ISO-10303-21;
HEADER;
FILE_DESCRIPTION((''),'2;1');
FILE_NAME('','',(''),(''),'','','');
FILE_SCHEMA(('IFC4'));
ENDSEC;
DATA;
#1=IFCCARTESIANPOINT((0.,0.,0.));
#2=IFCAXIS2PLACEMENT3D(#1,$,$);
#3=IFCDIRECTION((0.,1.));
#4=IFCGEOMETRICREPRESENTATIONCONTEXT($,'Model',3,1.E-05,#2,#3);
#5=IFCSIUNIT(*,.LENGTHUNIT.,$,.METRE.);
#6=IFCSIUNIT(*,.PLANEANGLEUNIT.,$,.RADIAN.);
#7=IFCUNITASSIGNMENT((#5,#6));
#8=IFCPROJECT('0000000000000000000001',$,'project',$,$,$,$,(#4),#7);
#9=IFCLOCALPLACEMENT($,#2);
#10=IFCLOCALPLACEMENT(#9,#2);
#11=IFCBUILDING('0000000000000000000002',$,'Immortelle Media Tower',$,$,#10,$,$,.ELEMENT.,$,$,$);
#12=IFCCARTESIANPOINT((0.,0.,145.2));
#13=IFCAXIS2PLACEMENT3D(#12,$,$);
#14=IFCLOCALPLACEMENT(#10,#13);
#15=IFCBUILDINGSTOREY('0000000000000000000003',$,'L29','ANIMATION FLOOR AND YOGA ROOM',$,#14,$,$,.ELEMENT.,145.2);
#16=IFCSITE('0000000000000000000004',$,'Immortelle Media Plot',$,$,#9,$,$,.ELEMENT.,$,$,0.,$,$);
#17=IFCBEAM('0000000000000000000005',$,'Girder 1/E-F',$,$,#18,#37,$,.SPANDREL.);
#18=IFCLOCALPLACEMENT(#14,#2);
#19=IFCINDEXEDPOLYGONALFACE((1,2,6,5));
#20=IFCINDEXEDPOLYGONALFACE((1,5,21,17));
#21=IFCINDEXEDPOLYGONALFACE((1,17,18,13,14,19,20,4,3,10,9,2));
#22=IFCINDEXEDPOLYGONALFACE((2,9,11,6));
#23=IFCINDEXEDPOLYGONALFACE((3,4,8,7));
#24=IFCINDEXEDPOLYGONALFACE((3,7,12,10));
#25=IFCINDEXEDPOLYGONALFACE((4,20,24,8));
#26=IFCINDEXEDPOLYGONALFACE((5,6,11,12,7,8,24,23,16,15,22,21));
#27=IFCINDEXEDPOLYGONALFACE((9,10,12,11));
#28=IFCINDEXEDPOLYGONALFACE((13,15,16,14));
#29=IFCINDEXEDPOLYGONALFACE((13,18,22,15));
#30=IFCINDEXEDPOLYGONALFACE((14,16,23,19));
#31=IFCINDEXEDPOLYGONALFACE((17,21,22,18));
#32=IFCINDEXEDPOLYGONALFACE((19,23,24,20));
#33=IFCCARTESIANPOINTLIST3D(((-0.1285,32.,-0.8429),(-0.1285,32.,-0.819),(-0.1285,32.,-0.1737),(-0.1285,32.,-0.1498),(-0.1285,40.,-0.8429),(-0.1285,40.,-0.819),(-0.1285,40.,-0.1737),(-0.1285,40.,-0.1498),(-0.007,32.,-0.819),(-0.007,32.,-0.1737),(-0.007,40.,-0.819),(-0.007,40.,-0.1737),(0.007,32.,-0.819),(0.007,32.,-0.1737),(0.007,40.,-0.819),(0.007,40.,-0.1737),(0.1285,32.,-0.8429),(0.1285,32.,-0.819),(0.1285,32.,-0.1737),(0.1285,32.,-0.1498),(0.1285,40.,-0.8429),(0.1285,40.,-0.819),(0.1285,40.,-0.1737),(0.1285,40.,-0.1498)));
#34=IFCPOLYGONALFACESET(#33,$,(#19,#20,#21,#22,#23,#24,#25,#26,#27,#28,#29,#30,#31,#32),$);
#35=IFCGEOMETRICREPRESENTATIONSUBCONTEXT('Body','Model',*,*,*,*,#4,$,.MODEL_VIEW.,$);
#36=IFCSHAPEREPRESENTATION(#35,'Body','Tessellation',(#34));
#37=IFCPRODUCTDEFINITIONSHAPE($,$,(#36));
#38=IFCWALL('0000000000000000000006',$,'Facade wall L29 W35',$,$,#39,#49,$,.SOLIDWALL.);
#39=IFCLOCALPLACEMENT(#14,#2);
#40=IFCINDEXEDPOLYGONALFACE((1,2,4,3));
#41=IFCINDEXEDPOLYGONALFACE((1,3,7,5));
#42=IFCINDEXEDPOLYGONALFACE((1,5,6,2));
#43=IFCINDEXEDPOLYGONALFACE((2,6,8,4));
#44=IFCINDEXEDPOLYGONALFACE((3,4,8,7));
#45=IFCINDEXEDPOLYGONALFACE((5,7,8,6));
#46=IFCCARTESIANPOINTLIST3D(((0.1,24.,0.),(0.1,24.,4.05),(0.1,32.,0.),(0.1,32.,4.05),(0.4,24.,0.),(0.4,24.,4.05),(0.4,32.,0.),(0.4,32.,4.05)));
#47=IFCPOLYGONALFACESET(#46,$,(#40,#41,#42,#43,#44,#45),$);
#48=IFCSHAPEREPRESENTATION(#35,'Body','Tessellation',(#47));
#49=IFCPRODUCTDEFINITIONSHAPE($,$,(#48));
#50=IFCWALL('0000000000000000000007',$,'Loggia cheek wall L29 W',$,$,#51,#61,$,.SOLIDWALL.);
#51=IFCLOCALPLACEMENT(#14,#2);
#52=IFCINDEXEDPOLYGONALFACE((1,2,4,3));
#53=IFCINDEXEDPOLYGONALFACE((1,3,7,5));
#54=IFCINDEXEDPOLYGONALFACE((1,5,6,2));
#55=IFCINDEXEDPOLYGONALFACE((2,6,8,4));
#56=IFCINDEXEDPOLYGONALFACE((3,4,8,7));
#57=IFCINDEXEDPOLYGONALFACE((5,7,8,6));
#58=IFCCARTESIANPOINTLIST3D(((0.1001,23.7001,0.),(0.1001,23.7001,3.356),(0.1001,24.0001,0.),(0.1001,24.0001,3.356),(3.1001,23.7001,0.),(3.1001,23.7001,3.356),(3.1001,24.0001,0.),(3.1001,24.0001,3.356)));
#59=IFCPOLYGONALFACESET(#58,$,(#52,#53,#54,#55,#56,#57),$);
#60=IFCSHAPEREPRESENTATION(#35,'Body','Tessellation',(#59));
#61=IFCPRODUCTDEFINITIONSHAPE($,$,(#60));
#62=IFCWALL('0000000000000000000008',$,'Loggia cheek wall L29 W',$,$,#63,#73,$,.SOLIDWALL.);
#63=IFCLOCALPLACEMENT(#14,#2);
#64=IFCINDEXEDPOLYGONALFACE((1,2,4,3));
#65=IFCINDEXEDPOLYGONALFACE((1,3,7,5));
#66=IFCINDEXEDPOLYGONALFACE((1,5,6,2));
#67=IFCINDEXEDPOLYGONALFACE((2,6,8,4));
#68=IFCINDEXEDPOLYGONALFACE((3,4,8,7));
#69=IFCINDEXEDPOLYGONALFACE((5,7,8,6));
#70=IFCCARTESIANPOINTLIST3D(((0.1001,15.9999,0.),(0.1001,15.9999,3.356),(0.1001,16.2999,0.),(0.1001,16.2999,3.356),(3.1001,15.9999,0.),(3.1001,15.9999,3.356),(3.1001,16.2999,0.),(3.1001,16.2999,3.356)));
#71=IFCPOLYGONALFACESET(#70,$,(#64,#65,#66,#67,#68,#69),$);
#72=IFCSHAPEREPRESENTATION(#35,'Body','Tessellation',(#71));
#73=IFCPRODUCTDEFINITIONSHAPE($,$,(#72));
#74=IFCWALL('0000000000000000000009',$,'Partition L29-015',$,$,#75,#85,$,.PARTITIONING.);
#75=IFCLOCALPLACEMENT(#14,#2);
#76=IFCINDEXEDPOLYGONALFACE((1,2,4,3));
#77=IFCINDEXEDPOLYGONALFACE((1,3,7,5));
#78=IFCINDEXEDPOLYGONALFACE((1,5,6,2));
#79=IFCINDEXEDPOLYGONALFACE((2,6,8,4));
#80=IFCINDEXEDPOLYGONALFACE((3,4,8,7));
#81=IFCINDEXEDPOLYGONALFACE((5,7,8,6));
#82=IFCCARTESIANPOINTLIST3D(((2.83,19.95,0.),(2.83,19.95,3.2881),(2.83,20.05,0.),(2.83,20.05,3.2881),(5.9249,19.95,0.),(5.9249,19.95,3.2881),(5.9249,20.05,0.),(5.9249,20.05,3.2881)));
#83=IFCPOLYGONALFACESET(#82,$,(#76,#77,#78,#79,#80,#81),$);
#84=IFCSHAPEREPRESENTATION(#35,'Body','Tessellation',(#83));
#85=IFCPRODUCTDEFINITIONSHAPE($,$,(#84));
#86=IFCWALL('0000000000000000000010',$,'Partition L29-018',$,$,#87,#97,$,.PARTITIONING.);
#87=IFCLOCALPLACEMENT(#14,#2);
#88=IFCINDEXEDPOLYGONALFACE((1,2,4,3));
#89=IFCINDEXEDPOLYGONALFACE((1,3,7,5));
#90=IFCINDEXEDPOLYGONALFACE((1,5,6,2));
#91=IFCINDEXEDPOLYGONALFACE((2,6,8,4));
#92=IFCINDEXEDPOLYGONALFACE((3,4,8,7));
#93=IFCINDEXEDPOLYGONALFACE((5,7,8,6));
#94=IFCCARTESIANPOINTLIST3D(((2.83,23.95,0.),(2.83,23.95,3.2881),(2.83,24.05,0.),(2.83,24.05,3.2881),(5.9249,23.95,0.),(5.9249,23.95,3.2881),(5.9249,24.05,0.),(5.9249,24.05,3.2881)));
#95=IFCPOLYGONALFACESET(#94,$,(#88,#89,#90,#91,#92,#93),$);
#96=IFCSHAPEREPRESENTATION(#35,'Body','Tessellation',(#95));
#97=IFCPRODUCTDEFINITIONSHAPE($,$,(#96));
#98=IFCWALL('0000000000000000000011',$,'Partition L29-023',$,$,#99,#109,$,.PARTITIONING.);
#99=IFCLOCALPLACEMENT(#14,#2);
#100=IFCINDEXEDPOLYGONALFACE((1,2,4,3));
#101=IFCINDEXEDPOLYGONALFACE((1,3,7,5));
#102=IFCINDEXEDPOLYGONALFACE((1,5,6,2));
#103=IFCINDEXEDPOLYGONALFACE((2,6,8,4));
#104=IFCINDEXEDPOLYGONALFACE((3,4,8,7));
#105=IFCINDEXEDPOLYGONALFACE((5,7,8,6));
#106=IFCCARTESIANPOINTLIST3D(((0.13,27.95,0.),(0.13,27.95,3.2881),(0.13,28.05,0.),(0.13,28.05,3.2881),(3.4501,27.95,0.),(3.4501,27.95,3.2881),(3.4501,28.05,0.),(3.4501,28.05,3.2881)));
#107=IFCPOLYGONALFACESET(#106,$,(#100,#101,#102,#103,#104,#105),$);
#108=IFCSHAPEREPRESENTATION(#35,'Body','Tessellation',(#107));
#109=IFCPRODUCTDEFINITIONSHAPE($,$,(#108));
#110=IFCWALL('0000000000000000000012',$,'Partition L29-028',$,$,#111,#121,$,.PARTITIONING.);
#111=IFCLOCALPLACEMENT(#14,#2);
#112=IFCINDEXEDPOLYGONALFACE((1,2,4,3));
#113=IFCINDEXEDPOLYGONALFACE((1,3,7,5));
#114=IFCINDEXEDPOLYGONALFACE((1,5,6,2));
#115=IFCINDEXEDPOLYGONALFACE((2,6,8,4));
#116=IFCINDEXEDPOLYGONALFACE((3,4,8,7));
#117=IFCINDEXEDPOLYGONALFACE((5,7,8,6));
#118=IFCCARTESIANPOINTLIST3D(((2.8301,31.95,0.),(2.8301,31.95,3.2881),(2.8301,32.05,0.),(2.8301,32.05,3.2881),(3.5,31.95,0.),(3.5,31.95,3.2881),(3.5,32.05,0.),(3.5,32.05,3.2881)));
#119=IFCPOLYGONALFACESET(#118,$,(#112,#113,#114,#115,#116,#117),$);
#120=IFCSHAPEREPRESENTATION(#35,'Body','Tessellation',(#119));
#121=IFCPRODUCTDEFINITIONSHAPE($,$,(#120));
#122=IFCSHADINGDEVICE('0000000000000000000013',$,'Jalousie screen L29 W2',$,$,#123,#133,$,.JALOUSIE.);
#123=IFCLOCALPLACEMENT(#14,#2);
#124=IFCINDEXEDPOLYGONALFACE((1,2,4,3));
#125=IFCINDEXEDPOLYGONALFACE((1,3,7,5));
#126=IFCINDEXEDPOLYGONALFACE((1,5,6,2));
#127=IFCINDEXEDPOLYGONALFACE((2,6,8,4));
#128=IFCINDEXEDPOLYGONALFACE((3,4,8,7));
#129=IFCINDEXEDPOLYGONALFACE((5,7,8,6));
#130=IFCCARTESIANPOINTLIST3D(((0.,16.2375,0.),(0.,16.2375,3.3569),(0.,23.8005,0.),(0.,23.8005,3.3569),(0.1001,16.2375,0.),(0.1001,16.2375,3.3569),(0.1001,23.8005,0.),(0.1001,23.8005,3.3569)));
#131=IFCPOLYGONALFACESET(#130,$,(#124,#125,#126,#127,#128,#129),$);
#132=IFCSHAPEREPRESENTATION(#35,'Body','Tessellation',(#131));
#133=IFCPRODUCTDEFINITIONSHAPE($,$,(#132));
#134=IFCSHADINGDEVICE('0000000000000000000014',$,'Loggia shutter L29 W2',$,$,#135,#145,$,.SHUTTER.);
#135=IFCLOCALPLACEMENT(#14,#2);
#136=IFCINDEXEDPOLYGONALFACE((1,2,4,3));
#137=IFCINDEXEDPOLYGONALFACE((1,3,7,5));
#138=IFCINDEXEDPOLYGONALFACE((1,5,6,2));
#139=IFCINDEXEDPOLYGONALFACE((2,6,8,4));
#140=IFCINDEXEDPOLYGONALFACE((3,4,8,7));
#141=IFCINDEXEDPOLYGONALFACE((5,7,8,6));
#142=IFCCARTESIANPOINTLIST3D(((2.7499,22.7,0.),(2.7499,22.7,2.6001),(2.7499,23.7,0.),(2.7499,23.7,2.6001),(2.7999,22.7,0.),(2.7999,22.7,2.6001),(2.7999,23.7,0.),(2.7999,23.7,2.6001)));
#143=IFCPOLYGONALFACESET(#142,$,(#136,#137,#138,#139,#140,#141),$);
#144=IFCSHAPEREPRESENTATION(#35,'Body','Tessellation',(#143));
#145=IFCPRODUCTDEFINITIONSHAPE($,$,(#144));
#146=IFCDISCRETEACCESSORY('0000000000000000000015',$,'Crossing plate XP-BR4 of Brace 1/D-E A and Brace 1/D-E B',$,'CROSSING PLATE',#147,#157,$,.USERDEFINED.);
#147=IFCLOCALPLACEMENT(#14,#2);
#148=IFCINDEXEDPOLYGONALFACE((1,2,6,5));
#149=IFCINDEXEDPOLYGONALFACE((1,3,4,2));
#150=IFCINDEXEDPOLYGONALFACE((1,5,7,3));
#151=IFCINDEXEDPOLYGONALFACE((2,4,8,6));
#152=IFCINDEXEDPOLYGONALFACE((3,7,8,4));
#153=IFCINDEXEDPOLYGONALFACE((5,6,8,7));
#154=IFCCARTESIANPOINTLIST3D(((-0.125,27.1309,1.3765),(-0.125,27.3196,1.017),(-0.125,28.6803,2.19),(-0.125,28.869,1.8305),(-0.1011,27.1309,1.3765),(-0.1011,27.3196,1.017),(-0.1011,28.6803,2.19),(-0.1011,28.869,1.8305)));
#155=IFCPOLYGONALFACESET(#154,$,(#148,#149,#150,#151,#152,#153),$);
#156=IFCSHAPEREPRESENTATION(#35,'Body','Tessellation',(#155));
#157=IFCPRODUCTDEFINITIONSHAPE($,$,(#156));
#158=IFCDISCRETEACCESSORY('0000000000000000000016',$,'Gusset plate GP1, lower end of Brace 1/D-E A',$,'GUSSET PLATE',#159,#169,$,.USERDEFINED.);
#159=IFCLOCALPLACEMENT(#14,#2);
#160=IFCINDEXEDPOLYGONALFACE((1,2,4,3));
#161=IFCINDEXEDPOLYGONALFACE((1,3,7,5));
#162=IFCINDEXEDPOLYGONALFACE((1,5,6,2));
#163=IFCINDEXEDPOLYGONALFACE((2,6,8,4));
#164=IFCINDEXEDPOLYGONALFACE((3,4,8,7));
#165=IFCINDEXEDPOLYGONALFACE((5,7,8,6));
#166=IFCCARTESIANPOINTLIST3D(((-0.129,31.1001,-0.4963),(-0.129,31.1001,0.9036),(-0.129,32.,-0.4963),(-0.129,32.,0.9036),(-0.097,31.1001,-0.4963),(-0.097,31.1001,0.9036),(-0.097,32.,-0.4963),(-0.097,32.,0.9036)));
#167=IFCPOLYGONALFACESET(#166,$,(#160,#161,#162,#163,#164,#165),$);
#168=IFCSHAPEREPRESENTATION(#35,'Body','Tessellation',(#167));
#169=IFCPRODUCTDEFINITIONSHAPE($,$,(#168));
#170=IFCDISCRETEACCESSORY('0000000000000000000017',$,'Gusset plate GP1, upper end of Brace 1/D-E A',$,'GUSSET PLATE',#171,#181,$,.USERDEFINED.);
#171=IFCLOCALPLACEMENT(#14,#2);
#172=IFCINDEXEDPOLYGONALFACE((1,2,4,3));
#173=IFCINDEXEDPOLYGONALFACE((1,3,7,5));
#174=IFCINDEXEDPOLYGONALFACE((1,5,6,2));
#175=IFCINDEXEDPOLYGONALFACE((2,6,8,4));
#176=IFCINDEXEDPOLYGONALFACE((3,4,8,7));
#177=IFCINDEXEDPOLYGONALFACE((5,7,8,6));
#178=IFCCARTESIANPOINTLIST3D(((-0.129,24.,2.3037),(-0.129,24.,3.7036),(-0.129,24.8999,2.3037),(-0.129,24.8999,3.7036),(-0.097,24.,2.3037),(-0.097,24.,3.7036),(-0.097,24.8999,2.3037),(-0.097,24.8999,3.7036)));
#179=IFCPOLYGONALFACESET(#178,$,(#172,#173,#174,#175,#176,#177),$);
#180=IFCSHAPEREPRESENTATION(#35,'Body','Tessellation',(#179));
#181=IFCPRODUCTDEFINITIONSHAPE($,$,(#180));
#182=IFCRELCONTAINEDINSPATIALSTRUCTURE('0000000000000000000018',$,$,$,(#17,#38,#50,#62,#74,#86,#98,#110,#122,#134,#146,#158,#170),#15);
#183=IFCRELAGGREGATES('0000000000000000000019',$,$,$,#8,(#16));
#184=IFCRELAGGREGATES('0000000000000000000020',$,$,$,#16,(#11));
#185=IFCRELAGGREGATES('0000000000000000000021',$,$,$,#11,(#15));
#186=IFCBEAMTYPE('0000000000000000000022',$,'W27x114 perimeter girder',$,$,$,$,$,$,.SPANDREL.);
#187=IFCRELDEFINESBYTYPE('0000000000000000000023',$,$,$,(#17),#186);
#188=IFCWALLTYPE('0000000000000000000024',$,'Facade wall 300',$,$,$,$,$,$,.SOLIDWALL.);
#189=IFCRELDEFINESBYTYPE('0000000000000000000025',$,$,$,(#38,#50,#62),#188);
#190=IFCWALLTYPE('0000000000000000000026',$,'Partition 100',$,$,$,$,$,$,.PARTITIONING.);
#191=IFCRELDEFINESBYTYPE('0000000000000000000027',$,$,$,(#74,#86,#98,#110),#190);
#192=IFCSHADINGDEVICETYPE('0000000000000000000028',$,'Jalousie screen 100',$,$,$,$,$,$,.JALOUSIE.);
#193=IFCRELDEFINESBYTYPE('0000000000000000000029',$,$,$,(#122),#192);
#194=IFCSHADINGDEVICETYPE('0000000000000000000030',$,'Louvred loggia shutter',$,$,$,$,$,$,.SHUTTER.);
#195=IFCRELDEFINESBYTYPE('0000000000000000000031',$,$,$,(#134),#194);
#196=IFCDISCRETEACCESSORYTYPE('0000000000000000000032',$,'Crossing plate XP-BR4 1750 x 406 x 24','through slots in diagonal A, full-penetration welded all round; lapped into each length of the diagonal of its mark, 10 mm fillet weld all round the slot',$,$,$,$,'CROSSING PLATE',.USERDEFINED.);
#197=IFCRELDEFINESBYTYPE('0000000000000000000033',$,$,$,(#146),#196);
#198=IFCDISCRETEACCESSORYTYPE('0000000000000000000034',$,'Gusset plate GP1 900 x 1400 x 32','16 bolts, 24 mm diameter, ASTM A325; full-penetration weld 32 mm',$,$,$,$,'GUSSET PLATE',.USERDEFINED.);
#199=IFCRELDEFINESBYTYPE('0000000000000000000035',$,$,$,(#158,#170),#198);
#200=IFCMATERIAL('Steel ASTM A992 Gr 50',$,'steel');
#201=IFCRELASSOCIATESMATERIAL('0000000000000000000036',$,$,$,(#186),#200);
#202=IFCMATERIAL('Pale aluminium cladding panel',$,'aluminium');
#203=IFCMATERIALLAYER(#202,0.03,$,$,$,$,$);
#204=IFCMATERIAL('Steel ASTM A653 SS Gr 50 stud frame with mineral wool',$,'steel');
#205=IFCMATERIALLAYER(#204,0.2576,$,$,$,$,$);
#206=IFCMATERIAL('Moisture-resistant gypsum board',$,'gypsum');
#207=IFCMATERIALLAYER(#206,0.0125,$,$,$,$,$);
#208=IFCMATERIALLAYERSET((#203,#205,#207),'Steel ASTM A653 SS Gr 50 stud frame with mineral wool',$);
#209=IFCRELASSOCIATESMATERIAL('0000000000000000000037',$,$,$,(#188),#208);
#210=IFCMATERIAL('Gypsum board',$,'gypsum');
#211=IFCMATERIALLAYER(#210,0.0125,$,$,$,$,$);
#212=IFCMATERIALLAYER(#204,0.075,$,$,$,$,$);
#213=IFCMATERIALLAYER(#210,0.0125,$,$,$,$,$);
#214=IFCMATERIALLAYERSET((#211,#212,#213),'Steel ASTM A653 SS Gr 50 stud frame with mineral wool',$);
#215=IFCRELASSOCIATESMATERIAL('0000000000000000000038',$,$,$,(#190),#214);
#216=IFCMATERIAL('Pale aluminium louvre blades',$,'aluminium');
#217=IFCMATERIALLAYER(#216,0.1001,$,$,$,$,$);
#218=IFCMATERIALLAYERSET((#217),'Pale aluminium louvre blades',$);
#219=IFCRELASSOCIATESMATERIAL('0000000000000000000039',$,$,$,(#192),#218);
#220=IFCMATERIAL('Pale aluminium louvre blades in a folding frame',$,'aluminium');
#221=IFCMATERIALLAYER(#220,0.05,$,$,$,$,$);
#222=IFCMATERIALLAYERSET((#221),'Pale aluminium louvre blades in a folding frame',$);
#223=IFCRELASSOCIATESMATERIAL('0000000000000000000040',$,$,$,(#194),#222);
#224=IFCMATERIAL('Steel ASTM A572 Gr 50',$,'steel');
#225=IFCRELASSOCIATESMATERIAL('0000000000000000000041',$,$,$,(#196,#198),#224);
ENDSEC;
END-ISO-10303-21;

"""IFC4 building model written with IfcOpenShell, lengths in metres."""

from ifc_helpers import new_model, si_unit, direction, frame, frame_2d, origin, origin_2d, place, context, subcontext, project, spatial, rectangle, i_section, extrude, material, layer, layer_set, material_profile, profile_set, type_object, element, save


model = new_model("IFC4")

# Units and contexts
model_context = context("Model", 3, precision=1e-05, world=origin(), true_north=direction((0.0, 1.0)))
body_context = subcontext(model_context, "Body", "Model", "MODEL_VIEW")
ifc_project = project(units=[si_unit("LENGTHUNIT", "METRE"), si_unit("PLANEANGLEUNIT", "RADIAN")], contexts=[model_context])

# Site, building, storey
site_placement = place(None, origin())
site = spatial("IfcSite", under=ifc_project, at=site_placement, Name="Immortelle Media Plot", CompositionType="ELEMENT", RefElevation=0.0)
building_placement = place(site_placement, origin())
building = spatial("IfcBuilding", under=site, at=building_placement, Name="Immortelle Media Tower", CompositionType="ELEMENT")
storey_placement = place(building_placement, frame((0.0, 0.0, 145.2)))
storey = spatial("IfcBuildingStorey", under=building, at=storey_placement, Name="L29", Description="ANIMATION FLOOR AND YOGA ROOM", CompositionType="ELEMENT", Elevation=145.2)

# Shared definitions
ifc_material_1 = material(Name="Steel ASTM A992 Gr 50", Category="steel")

# Beam
ifc_material_profile_1 = material_profile(ifc_material_1, i_section(OverallWidth=0.2571, OverallDepth=0.6931, WebThickness=0.0139, FlangeThickness=0.0239, at=origin_2d()), Name="W27x114")
ifc_profile_set_1 = profile_set([ifc_material_profile_1], Name="Steel ASTM A992 Gr 50")
beam_type_1 = type_object("IfcBeamType", Name="W27x114 perimeter girder", PredefinedType="SPANDREL", material=ifc_profile_set_1)
for number, where, z_axis, x_axis, name in (
    (1, (0.0, 32.0, -0.4963), (0.0, 1.0, 0.0), (-1.0, 0.0, 0.0), "Girder 1/E-F"),
):
    element("IfcBeam", number, at=place(storey_placement, frame(where, z_axis=z_axis, x_axis=x_axis)), inside=storey, type_object=beam_type_1, Name=name, PredefinedType="SPANDREL", context=body_context, shape_type="SweptSolid", body=[
        extrude(i_section(OverallWidth=0.2571, OverallDepth=0.6931, WebThickness=0.0139, FlangeThickness=0.0239, at=origin_2d()), origin(), (0.0, 0.0, 1.0), 8.0),
    ])

# Walls
ifc_material_2 = material(Name="Pale aluminium cladding panel", Category="aluminium")
ifc_layer_1 = layer(ifc_material_2, 0.03)
ifc_material_3 = material(Name="Steel ASTM A653 SS Gr 50 stud frame with mineral wool", Category="steel")
ifc_layer_2 = layer(ifc_material_3, 0.2576)
ifc_material_4 = material(Name="Moisture-resistant gypsum board", Category="gypsum")
ifc_layer_3 = layer(ifc_material_4, 0.0125)
ifc_layer_set_1 = layer_set([ifc_layer_1, ifc_layer_2, ifc_layer_3], Name="Steel ASTM A653 SS Gr 50 stud frame with mineral wool")
wall_type_1 = type_object("IfcWallType", Name="Facade wall 300", PredefinedType="SOLIDWALL", material=ifc_layer_set_1)
wall_1_placement = place(storey_placement, frame((0.25, 32.0, 0.0), z_axis=(0.0, 0.0, 1.0), x_axis=(0.0, -1.0, 0.0)))
element("IfcWall", 2, at=wall_1_placement, inside=storey, type_object=wall_type_1, Name="Facade wall L29 W35", PredefinedType="SOLIDWALL", context=body_context, shape_type="SweptSolid", body=[
    extrude(rectangle(XDim=8.0, YDim=0.3, at=frame_2d((4.0, 0.0))), origin(), (0.0, 0.0, 1.0), 4.05),
])
for number, where, z_axis, x_axis, name in (
    (3, (0.1001, 23.8501, 0.0), (0.0, 0.0, 1.0), (1.0, 0.0, 0.0), "Loggia cheek wall L29 W"),
    (4, (0.1001, 16.1499, 0.0), (0.0, 0.0, 1.0), (1.0, 0.0, 0.0), "Loggia cheek wall L29 W"),
):
    element("IfcWall", number, at=place(storey_placement, frame(where, z_axis=z_axis, x_axis=x_axis)), inside=storey, type_object=wall_type_1, Name=name, PredefinedType="SOLIDWALL", context=body_context, shape_type="SweptSolid", body=[
        extrude(rectangle(XDim=3.0, YDim=0.3, at=frame_2d((1.5, 0.0))), origin(), (0.0, 0.0, 1.0), 3.356),
    ])
ifc_material_5 = material(Name="Gypsum board", Category="gypsum")
ifc_layer_4 = layer(ifc_material_5, 0.0125)
ifc_layer_5 = layer(ifc_material_3, 0.075)
ifc_layer_6 = layer(ifc_material_5, 0.0125)
ifc_layer_set_2 = layer_set([ifc_layer_4, ifc_layer_5, ifc_layer_6], Name="Steel ASTM A653 SS Gr 50 stud frame with mineral wool")
wall_type_2 = type_object("IfcWallType", Name="Partition 100", PredefinedType="PARTITIONING", material=ifc_layer_set_2)
for number, where, z_axis, x_axis, name in (
    (5, (2.8301, 20.0, 0.0), (0.0, 0.0, 1.0), (1.0, 0.0, 0.0), "Partition L29-015"),
    (6, (2.8301, 24.0, 0.0), (0.0, 0.0, 1.0), (1.0, 0.0, 0.0), "Partition L29-018"),
):
    element("IfcWall", number, at=place(storey_placement, frame(where, z_axis=z_axis, x_axis=x_axis)), inside=storey, type_object=wall_type_2, Name=name, PredefinedType="PARTITIONING", context=body_context, shape_type="SweptSolid", body=[
        extrude(rectangle(XDim=3.095, YDim=0.1001, at=frame_2d((1.5474, 0.0))), origin(), (0.0, 0.0, 1.0), 3.2881),
    ])
wall_2_placement = place(storey_placement, frame((0.1299, 28.0, 0.0), z_axis=(0.0, 0.0, 1.0), x_axis=(1.0, 0.0, 0.0)))
element("IfcWall", 7, at=wall_2_placement, inside=storey, type_object=wall_type_2, Name="Partition L29-023", PredefinedType="PARTITIONING", context=body_context, shape_type="SweptSolid", body=[
    extrude(rectangle(XDim=3.3201, YDim=0.1001, at=frame_2d((1.6602, 0.0))), origin(), (0.0, 0.0, 1.0), 3.2881),
])
wall_3_placement = place(storey_placement, frame((2.8301, 32.0, 0.0), z_axis=(0.0, 0.0, 1.0), x_axis=(1.0, 0.0, 0.0)))
element("IfcWall", 8, at=wall_3_placement, inside=storey, type_object=wall_type_2, Name="Partition L29-028", PredefinedType="PARTITIONING", context=body_context, shape_type="SweptSolid", body=[
    extrude(rectangle(XDim=0.6699, YDim=0.1001, at=frame_2d((0.335, 0.0))), origin(), (0.0, 0.0, 1.0), 3.2881),
])

# Shading devices
ifc_material_6 = material(Name="Pale aluminium louvre blades", Category="aluminium")
ifc_layer_7 = layer(ifc_material_6, 0.1001)
ifc_layer_set_3 = layer_set([ifc_layer_7], Name="Pale aluminium louvre blades")
shading_device_type_1 = type_object("IfcShadingDeviceType", Name="Jalousie screen 100", PredefinedType="JALOUSIE", material=ifc_layer_set_3)
shading_device_1_placement = place(storey_placement, frame((0.05, 20.019, 0.0), z_axis=(0.0, 0.0, 1.0), x_axis=(0.0, -1.0, 0.0)))
element("IfcShadingDevice", 9, at=shading_device_1_placement, inside=storey, type_object=shading_device_type_1, Name="Jalousie screen L29 W2", PredefinedType="JALOUSIE", context=body_context, shape_type="SweptSolid", body=[
    extrude(rectangle(XDim=7.563, YDim=0.1001, at=origin_2d()), origin(), (0.0, 0.0, 1.0), 3.3569),
])
ifc_material_7 = material(Name="Pale aluminium louvre blades in a folding frame", Category="aluminium")
ifc_layer_8 = layer(ifc_material_7, 0.05)
ifc_layer_set_4 = layer_set([ifc_layer_8], Name="Pale aluminium louvre blades in a folding frame")
shading_device_type_2 = type_object("IfcShadingDeviceType", Name="Louvred loggia shutter", PredefinedType="SHUTTER", material=ifc_layer_set_4)
shading_device_2_placement = place(storey_placement, frame((2.7749, 23.2, 0.0), z_axis=(0.0, 0.0, 1.0), x_axis=(0.0, -1.0, 0.0)))
element("IfcShadingDevice", 10, at=shading_device_2_placement, inside=storey, type_object=shading_device_type_2, Name="Loggia shutter L29 W2", PredefinedType="SHUTTER", context=body_context, shape_type="SweptSolid", body=[
    extrude(rectangle(XDim=1.0, YDim=0.05, at=origin_2d()), origin(), (0.0, 0.0, 1.0), 2.6001),
])

# Discrete accessories
ifc_material_8 = material(Name="Steel ASTM A572 Gr 50", Category="steel")
ifc_material_profile_2 = material_profile(ifc_material_8, rectangle(XDim=0.0239, YDim=0.406, at=origin_2d()), Name="PL 24 x 406")
ifc_profile_set_2 = profile_set([ifc_material_profile_2], Name="Steel ASTM A572 Gr 50")
discrete_accessory_type_1 = type_object("IfcDiscreteAccessoryType", Name="Crossing plate XP-BR4 1750 x 406 x 24", Description="through slots in diagonal A, full-penetration welded all round; lapped into each length of the diagonal of its mark, 10 mm fillet weld all round the slot", ElementType="CROSSING PLATE", PredefinedType="USERDEFINED", material=ifc_profile_set_2)
discrete_accessory_placement = place(storey_placement, frame((-0.113, 28.7747, 2.0103), z_axis=(0.0, -0.885378, -0.464872), x_axis=(1.0, 0.0, 0.0)))
element("IfcDiscreteAccessory", 11, at=discrete_accessory_placement, inside=storey, type_object=discrete_accessory_type_1, Name="Crossing plate XP-BR4 of Brace 1/D-E A and Brace 1/D-E B", ObjectType="CROSSING PLATE", PredefinedType="USERDEFINED", context=body_context, shape_type="SweptSolid", body=[
    extrude(rectangle(XDim=0.0239, YDim=0.406, at=origin_2d()), origin(), (0.0, 0.0, 1.0), 1.75),
])
ifc_material_profile_3 = material_profile(ifc_material_8, rectangle(XDim=0.032, YDim=1.3999, at=origin_2d()), Name="PL 32 x 1400")
ifc_profile_set_3 = profile_set([ifc_material_profile_3], Name="Steel ASTM A572 Gr 50")
discrete_accessory_type_2 = type_object("IfcDiscreteAccessoryType", Name="Gusset plate GP1 900 x 1400 x 32", Description="16 bolts, 24 mm diameter, ASTM A325; full-penetration weld 32 mm", ElementType="GUSSET PLATE", PredefinedType="USERDEFINED", material=ifc_profile_set_3)
for number, where, z_axis, x_axis, name in (
    (12, (-0.113, 32.0, 0.2036), (0.0, -1.0, 0.0), (1.0, 0.0, 0.0), "Gusset plate GP1, lower end of Brace 1/D-E A"),
    (13, (-0.113, 24.0, 3.0037), (0.0, 1.0, 0.0), (-1.0, 0.0, 0.0), "Gusset plate GP1, upper end of Brace 1/D-E A"),
):
    element("IfcDiscreteAccessory", number, at=place(storey_placement, frame(where, z_axis=z_axis, x_axis=x_axis)), inside=storey, type_object=discrete_accessory_type_2, Name=name, ObjectType="GUSSET PLATE", PredefinedType="USERDEFINED", context=body_context, shape_type="SweptSolid", body=[
        extrude(rectangle(XDim=0.032, YDim=1.3999, at=origin_2d()), origin(), (0.0, 0.0, 1.0), 0.8999),
    ])

save(model, "model.ifc")
